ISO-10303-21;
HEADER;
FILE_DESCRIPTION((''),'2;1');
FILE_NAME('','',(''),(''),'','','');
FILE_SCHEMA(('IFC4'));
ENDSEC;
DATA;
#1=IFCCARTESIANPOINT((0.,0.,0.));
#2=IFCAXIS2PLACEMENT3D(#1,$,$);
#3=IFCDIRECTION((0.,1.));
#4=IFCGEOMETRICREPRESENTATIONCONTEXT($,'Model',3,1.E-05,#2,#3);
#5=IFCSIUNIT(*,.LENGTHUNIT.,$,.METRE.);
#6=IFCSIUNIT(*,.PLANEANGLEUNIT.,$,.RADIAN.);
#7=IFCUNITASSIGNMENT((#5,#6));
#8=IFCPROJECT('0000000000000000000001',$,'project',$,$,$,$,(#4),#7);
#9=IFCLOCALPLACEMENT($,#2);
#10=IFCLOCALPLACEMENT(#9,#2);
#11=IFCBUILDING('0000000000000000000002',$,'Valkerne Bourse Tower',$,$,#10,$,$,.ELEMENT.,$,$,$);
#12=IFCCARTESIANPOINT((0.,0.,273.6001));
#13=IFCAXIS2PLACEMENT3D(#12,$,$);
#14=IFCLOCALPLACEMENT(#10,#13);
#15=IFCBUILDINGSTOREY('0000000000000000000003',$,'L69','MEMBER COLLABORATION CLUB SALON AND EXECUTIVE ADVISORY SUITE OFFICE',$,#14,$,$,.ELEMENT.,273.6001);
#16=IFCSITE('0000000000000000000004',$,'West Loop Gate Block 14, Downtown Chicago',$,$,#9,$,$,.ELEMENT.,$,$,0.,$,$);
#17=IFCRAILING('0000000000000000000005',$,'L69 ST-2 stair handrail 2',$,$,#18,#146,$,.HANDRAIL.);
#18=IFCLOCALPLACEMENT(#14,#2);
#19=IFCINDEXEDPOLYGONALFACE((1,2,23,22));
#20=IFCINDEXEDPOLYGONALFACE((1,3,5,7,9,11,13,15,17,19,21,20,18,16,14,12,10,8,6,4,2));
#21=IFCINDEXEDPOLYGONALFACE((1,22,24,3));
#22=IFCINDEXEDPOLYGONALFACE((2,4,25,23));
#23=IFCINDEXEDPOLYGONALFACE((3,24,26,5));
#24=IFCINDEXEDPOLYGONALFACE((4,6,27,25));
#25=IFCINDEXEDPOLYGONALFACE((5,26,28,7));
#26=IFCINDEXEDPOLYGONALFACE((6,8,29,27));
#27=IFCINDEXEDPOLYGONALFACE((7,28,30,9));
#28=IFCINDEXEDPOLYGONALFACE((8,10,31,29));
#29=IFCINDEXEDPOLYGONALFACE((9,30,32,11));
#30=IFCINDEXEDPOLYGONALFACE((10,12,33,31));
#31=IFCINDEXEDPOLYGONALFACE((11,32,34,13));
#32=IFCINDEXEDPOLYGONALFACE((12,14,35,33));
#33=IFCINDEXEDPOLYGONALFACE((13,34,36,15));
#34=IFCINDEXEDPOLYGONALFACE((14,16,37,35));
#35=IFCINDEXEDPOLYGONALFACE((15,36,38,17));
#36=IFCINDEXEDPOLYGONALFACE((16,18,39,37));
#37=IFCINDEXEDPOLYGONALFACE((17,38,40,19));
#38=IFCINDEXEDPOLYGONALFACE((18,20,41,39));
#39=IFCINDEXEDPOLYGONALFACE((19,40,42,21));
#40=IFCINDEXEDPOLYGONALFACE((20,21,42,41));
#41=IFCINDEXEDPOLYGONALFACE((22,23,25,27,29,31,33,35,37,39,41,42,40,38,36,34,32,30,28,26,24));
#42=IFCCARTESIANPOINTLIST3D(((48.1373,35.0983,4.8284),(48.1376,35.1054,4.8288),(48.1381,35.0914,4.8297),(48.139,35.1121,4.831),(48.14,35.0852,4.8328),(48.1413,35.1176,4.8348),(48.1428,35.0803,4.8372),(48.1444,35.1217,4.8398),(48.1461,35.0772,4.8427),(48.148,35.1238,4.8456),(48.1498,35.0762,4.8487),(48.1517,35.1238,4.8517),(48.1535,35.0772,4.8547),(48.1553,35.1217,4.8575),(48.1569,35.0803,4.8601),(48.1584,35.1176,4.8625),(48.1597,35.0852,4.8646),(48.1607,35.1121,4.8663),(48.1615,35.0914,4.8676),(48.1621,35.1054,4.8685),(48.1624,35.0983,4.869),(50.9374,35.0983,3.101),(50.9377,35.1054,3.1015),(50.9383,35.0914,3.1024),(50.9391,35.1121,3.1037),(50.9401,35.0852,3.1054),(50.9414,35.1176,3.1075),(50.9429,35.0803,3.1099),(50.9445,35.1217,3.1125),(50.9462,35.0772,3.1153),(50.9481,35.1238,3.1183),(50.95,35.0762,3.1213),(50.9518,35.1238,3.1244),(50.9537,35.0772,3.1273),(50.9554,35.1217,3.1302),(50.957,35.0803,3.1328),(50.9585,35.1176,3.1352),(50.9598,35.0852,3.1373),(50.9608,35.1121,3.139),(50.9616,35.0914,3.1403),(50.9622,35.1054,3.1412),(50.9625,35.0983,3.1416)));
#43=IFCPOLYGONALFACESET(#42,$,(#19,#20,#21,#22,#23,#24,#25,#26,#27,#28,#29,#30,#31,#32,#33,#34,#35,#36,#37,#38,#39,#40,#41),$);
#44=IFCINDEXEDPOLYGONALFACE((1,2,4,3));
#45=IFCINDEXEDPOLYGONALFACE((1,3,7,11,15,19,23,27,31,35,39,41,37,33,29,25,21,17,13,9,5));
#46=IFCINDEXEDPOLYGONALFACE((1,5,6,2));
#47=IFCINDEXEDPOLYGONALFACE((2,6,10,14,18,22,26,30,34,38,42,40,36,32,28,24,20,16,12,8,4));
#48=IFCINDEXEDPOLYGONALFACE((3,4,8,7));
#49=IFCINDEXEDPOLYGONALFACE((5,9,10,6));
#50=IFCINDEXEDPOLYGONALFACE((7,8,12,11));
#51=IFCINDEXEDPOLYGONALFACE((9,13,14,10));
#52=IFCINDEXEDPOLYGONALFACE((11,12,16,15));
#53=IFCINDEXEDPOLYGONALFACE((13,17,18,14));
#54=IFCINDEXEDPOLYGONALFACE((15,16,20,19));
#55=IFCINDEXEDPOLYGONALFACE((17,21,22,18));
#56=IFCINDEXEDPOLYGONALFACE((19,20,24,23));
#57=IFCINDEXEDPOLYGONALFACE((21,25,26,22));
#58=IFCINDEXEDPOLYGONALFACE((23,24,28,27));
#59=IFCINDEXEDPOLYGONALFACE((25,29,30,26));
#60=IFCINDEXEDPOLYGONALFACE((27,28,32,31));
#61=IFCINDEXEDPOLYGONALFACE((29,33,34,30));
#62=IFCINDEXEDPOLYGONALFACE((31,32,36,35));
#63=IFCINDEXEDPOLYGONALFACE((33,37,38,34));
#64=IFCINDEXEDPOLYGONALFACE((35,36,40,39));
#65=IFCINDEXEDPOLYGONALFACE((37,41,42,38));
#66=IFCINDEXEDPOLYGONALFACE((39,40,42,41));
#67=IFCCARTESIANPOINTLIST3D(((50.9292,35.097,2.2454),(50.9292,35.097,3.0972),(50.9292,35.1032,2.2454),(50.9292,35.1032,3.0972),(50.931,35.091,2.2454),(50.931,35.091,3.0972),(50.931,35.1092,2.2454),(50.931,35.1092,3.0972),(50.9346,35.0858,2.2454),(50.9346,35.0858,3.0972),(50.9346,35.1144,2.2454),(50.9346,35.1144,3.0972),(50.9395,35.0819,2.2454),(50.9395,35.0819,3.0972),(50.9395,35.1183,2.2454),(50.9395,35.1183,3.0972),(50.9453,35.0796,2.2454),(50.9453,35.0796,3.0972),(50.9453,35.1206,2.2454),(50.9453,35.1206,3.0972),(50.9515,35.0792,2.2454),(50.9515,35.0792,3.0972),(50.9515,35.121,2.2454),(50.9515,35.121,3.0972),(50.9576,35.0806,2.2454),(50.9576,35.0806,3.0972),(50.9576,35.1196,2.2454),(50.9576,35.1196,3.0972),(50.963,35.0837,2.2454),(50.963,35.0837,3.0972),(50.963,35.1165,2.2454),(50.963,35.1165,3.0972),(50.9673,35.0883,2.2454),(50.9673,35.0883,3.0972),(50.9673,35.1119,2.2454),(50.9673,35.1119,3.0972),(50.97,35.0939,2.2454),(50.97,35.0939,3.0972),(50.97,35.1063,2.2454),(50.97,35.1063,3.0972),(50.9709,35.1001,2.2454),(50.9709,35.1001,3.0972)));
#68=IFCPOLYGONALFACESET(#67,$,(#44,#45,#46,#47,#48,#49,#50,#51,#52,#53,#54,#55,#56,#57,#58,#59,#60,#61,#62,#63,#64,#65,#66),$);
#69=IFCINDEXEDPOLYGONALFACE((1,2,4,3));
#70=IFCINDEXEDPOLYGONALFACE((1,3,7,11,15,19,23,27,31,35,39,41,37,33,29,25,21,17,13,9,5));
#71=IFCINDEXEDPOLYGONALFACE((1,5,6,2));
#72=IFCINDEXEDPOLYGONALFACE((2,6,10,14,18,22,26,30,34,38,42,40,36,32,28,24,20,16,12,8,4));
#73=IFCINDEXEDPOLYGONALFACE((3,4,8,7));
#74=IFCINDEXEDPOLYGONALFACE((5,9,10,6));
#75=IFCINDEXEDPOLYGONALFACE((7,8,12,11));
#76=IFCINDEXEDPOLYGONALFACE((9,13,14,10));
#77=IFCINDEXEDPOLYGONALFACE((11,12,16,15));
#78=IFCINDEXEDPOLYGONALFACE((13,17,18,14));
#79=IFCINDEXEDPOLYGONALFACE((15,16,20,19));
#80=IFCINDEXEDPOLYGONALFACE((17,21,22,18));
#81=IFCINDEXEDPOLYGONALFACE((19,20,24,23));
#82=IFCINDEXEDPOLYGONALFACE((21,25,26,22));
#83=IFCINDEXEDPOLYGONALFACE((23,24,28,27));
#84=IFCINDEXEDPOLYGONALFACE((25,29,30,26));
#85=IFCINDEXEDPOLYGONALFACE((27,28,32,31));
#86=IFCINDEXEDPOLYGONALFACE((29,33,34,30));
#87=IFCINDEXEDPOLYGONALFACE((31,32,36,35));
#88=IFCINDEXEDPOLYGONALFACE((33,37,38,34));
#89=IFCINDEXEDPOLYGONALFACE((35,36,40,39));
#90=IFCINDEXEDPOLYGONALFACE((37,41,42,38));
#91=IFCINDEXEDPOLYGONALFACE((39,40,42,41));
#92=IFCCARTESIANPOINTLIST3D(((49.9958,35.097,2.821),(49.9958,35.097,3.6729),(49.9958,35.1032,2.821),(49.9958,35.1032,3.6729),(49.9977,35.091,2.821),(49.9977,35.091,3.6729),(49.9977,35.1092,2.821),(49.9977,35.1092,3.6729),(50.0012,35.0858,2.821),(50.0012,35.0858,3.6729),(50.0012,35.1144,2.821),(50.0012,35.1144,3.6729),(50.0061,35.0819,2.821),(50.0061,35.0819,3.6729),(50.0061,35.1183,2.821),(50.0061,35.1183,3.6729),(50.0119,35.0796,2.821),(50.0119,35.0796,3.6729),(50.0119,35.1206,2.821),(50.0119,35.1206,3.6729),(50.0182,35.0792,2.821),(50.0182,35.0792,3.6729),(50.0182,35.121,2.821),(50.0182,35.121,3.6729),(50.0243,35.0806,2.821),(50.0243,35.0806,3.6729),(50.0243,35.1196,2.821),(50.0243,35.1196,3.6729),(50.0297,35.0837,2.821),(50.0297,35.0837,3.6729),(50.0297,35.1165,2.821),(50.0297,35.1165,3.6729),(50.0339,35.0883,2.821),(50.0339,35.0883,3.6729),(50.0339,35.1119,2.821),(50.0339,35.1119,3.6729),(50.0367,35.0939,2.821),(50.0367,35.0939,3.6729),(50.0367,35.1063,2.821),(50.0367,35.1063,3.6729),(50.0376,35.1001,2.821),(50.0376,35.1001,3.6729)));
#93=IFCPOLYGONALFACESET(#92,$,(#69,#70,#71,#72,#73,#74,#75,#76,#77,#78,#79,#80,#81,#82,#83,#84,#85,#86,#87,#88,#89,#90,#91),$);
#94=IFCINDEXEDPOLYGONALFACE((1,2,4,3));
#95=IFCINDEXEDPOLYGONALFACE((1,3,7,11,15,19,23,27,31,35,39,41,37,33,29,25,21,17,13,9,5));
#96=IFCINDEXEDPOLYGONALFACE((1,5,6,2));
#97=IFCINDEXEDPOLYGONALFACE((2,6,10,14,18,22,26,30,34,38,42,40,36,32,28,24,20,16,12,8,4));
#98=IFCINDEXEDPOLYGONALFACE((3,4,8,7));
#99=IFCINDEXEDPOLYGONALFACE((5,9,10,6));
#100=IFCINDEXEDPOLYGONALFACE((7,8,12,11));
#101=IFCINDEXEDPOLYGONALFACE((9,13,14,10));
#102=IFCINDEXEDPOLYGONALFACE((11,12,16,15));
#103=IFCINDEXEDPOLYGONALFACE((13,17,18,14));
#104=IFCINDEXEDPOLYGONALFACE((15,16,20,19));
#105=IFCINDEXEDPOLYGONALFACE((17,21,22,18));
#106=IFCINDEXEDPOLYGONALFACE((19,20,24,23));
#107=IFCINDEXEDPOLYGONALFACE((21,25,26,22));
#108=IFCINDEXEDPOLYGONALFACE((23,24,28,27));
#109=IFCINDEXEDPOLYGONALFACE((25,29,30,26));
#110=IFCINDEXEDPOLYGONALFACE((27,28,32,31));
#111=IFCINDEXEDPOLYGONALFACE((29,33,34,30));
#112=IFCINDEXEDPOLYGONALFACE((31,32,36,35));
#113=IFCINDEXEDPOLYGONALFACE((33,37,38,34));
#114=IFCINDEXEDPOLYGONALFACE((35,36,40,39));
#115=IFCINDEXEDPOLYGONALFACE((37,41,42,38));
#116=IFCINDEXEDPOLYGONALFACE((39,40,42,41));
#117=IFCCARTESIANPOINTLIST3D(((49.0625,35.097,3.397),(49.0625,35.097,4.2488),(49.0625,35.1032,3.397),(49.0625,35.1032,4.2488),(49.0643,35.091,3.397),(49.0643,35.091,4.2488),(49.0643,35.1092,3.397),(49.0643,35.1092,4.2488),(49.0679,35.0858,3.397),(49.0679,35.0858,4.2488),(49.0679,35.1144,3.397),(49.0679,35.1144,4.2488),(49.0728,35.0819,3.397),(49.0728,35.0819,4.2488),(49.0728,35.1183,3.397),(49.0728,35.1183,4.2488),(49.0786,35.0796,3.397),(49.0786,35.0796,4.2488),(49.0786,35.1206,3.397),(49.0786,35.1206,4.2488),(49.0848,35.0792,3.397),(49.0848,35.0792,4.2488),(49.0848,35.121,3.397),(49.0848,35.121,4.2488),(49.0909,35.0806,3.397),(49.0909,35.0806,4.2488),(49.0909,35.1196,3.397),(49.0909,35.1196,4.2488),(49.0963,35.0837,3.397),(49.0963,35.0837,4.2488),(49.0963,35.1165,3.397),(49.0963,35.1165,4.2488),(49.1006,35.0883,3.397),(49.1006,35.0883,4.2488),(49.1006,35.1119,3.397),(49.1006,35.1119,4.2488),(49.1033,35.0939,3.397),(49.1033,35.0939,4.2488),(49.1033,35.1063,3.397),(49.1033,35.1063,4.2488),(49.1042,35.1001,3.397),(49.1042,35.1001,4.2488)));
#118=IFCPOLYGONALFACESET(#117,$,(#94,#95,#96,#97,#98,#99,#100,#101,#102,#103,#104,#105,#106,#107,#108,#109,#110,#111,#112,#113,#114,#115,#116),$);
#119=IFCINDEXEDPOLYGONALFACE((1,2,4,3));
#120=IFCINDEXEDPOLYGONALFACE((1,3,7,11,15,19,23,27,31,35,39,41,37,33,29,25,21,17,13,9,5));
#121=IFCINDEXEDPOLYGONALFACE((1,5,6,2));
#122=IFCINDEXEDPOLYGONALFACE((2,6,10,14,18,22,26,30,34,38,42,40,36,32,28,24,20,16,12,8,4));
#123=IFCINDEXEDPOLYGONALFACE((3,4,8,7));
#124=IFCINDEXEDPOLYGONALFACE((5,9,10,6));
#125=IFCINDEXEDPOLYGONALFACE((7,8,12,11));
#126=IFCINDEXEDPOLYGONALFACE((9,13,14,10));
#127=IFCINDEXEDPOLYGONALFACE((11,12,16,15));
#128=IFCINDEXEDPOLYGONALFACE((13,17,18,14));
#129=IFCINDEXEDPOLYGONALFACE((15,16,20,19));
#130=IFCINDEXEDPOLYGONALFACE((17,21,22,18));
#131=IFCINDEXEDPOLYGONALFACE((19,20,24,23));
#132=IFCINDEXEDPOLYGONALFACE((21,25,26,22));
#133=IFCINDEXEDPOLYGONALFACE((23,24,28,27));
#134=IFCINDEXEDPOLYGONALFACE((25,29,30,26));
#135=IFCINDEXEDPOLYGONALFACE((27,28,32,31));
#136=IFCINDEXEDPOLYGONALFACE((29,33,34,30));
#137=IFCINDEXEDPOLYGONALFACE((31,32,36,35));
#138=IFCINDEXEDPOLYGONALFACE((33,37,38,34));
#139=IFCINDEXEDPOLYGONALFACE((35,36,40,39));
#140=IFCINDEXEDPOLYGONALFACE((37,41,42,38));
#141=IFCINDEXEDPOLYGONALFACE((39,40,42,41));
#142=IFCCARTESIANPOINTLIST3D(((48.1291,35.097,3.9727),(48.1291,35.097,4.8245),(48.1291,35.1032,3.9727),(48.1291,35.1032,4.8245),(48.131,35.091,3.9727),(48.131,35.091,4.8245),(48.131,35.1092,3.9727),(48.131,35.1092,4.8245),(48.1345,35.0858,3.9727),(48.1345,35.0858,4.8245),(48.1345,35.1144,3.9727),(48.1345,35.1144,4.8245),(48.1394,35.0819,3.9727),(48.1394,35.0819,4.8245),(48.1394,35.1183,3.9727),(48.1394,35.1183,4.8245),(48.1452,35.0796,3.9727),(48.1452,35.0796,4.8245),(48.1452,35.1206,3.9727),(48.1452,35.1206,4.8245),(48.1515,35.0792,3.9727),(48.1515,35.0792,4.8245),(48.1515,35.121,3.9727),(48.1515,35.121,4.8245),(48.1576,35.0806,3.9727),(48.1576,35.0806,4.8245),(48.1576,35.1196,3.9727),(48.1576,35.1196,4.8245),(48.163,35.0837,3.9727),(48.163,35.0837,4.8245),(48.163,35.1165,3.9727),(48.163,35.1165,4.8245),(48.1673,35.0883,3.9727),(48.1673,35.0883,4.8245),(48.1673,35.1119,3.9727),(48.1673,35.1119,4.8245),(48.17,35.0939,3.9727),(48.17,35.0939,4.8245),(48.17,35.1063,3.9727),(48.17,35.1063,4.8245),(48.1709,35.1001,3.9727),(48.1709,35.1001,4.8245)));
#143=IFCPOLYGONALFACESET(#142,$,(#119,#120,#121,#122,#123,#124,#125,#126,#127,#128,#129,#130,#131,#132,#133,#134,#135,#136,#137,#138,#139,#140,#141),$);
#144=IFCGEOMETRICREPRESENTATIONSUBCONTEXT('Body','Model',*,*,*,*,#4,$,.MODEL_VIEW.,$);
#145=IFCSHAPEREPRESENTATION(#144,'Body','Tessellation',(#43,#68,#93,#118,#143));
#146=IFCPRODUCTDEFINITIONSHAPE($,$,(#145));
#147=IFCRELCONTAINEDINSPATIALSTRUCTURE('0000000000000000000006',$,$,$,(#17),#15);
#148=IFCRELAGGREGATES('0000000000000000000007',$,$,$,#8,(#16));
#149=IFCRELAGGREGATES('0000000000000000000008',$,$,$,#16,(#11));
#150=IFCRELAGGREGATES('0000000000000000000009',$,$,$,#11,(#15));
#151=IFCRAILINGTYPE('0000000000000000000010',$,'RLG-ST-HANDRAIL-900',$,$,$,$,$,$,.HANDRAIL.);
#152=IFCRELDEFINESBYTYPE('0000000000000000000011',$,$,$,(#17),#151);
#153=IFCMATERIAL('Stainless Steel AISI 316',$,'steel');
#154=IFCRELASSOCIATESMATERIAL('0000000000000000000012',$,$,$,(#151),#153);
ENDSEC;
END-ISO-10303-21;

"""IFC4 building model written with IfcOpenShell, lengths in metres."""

from ifc_helpers import new_model, si_unit, direction, frame, origin, origin_2d, place, context, subcontext, project, spatial, circle, extrude, material, type_object, element, save


model = new_model("IFC4")

# Units and contexts
model_context = context("Model", 3, precision=1e-05, world=origin(), true_north=direction((0.0, 1.0)))
body_context = subcontext(model_context, "Body", "Model", "MODEL_VIEW")
ifc_project = project(units=[si_unit("LENGTHUNIT", "METRE"), si_unit("PLANEANGLEUNIT", "RADIAN")], contexts=[model_context])

# Site, building, storey
site_placement = place(None, origin())
site = spatial("IfcSite", under=ifc_project, at=site_placement, Name="West Loop Gate Block 14, Downtown Chicago", CompositionType="ELEMENT", RefElevation=0.0)
building_placement = place(site_placement, origin())
building = spatial("IfcBuilding", under=site, at=building_placement, Name="Valkerne Bourse Tower", CompositionType="ELEMENT")
storey_placement = place(building_placement, frame((0.0, 0.0, 273.6001)))
storey = spatial("IfcBuildingStorey", under=building, at=storey_placement, Name="L69", Description="MEMBER COLLABORATION CLUB SALON AND EXECUTIVE ADVISORY SUITE OFFICE", CompositionType="ELEMENT", Elevation=273.6001)

# Railing
ifc_material_1 = material(Name="Stainless Steel AISI 316", Category="steel")
railing_type_1 = type_object("IfcRailingType", Name="RLG-ST-HANDRAIL-900", PredefinedType="HANDRAIL", material=ifc_material_1)
railing_1_placement = place(storey_placement, frame((50.95, 35.1001, 2.2454)))
element("IfcRailing", 1, at=railing_1_placement, inside=storey, type_object=railing_type_1, Name="L69 ST-2 stair handrail 2", PredefinedType="HANDRAIL", context=body_context, shape_type="SweptSolid", body=[
    extrude(circle(Radius=0.0239, at=origin_2d()), frame((0.0, 0.0, 0.876), z_axis=(-0.85109, 0.0, 0.52502), x_axis=(0.0, -1.0, 0.0)), (0.0, 0.0, 1.0), 3.29),
    extrude(circle(Radius=0.021, at=origin_2d()), origin(), (0.0, 0.0, 1.0), 0.8518),
    extrude(circle(Radius=0.021, at=origin_2d()), frame((-0.9333, 0.0, 0.5757)), (0.0, 0.0, 1.0), 0.8518),
    extrude(circle(Radius=0.021, at=origin_2d()), frame((-1.8667, 0.0, 1.1516)), (0.0, 0.0, 1.0), 0.8518),
    extrude(circle(Radius=0.021, at=origin_2d()), frame((-2.8, 0.0, 1.7273)), (0.0, 0.0, 1.0), 0.8518),
])

save(model, "model.ifc")
